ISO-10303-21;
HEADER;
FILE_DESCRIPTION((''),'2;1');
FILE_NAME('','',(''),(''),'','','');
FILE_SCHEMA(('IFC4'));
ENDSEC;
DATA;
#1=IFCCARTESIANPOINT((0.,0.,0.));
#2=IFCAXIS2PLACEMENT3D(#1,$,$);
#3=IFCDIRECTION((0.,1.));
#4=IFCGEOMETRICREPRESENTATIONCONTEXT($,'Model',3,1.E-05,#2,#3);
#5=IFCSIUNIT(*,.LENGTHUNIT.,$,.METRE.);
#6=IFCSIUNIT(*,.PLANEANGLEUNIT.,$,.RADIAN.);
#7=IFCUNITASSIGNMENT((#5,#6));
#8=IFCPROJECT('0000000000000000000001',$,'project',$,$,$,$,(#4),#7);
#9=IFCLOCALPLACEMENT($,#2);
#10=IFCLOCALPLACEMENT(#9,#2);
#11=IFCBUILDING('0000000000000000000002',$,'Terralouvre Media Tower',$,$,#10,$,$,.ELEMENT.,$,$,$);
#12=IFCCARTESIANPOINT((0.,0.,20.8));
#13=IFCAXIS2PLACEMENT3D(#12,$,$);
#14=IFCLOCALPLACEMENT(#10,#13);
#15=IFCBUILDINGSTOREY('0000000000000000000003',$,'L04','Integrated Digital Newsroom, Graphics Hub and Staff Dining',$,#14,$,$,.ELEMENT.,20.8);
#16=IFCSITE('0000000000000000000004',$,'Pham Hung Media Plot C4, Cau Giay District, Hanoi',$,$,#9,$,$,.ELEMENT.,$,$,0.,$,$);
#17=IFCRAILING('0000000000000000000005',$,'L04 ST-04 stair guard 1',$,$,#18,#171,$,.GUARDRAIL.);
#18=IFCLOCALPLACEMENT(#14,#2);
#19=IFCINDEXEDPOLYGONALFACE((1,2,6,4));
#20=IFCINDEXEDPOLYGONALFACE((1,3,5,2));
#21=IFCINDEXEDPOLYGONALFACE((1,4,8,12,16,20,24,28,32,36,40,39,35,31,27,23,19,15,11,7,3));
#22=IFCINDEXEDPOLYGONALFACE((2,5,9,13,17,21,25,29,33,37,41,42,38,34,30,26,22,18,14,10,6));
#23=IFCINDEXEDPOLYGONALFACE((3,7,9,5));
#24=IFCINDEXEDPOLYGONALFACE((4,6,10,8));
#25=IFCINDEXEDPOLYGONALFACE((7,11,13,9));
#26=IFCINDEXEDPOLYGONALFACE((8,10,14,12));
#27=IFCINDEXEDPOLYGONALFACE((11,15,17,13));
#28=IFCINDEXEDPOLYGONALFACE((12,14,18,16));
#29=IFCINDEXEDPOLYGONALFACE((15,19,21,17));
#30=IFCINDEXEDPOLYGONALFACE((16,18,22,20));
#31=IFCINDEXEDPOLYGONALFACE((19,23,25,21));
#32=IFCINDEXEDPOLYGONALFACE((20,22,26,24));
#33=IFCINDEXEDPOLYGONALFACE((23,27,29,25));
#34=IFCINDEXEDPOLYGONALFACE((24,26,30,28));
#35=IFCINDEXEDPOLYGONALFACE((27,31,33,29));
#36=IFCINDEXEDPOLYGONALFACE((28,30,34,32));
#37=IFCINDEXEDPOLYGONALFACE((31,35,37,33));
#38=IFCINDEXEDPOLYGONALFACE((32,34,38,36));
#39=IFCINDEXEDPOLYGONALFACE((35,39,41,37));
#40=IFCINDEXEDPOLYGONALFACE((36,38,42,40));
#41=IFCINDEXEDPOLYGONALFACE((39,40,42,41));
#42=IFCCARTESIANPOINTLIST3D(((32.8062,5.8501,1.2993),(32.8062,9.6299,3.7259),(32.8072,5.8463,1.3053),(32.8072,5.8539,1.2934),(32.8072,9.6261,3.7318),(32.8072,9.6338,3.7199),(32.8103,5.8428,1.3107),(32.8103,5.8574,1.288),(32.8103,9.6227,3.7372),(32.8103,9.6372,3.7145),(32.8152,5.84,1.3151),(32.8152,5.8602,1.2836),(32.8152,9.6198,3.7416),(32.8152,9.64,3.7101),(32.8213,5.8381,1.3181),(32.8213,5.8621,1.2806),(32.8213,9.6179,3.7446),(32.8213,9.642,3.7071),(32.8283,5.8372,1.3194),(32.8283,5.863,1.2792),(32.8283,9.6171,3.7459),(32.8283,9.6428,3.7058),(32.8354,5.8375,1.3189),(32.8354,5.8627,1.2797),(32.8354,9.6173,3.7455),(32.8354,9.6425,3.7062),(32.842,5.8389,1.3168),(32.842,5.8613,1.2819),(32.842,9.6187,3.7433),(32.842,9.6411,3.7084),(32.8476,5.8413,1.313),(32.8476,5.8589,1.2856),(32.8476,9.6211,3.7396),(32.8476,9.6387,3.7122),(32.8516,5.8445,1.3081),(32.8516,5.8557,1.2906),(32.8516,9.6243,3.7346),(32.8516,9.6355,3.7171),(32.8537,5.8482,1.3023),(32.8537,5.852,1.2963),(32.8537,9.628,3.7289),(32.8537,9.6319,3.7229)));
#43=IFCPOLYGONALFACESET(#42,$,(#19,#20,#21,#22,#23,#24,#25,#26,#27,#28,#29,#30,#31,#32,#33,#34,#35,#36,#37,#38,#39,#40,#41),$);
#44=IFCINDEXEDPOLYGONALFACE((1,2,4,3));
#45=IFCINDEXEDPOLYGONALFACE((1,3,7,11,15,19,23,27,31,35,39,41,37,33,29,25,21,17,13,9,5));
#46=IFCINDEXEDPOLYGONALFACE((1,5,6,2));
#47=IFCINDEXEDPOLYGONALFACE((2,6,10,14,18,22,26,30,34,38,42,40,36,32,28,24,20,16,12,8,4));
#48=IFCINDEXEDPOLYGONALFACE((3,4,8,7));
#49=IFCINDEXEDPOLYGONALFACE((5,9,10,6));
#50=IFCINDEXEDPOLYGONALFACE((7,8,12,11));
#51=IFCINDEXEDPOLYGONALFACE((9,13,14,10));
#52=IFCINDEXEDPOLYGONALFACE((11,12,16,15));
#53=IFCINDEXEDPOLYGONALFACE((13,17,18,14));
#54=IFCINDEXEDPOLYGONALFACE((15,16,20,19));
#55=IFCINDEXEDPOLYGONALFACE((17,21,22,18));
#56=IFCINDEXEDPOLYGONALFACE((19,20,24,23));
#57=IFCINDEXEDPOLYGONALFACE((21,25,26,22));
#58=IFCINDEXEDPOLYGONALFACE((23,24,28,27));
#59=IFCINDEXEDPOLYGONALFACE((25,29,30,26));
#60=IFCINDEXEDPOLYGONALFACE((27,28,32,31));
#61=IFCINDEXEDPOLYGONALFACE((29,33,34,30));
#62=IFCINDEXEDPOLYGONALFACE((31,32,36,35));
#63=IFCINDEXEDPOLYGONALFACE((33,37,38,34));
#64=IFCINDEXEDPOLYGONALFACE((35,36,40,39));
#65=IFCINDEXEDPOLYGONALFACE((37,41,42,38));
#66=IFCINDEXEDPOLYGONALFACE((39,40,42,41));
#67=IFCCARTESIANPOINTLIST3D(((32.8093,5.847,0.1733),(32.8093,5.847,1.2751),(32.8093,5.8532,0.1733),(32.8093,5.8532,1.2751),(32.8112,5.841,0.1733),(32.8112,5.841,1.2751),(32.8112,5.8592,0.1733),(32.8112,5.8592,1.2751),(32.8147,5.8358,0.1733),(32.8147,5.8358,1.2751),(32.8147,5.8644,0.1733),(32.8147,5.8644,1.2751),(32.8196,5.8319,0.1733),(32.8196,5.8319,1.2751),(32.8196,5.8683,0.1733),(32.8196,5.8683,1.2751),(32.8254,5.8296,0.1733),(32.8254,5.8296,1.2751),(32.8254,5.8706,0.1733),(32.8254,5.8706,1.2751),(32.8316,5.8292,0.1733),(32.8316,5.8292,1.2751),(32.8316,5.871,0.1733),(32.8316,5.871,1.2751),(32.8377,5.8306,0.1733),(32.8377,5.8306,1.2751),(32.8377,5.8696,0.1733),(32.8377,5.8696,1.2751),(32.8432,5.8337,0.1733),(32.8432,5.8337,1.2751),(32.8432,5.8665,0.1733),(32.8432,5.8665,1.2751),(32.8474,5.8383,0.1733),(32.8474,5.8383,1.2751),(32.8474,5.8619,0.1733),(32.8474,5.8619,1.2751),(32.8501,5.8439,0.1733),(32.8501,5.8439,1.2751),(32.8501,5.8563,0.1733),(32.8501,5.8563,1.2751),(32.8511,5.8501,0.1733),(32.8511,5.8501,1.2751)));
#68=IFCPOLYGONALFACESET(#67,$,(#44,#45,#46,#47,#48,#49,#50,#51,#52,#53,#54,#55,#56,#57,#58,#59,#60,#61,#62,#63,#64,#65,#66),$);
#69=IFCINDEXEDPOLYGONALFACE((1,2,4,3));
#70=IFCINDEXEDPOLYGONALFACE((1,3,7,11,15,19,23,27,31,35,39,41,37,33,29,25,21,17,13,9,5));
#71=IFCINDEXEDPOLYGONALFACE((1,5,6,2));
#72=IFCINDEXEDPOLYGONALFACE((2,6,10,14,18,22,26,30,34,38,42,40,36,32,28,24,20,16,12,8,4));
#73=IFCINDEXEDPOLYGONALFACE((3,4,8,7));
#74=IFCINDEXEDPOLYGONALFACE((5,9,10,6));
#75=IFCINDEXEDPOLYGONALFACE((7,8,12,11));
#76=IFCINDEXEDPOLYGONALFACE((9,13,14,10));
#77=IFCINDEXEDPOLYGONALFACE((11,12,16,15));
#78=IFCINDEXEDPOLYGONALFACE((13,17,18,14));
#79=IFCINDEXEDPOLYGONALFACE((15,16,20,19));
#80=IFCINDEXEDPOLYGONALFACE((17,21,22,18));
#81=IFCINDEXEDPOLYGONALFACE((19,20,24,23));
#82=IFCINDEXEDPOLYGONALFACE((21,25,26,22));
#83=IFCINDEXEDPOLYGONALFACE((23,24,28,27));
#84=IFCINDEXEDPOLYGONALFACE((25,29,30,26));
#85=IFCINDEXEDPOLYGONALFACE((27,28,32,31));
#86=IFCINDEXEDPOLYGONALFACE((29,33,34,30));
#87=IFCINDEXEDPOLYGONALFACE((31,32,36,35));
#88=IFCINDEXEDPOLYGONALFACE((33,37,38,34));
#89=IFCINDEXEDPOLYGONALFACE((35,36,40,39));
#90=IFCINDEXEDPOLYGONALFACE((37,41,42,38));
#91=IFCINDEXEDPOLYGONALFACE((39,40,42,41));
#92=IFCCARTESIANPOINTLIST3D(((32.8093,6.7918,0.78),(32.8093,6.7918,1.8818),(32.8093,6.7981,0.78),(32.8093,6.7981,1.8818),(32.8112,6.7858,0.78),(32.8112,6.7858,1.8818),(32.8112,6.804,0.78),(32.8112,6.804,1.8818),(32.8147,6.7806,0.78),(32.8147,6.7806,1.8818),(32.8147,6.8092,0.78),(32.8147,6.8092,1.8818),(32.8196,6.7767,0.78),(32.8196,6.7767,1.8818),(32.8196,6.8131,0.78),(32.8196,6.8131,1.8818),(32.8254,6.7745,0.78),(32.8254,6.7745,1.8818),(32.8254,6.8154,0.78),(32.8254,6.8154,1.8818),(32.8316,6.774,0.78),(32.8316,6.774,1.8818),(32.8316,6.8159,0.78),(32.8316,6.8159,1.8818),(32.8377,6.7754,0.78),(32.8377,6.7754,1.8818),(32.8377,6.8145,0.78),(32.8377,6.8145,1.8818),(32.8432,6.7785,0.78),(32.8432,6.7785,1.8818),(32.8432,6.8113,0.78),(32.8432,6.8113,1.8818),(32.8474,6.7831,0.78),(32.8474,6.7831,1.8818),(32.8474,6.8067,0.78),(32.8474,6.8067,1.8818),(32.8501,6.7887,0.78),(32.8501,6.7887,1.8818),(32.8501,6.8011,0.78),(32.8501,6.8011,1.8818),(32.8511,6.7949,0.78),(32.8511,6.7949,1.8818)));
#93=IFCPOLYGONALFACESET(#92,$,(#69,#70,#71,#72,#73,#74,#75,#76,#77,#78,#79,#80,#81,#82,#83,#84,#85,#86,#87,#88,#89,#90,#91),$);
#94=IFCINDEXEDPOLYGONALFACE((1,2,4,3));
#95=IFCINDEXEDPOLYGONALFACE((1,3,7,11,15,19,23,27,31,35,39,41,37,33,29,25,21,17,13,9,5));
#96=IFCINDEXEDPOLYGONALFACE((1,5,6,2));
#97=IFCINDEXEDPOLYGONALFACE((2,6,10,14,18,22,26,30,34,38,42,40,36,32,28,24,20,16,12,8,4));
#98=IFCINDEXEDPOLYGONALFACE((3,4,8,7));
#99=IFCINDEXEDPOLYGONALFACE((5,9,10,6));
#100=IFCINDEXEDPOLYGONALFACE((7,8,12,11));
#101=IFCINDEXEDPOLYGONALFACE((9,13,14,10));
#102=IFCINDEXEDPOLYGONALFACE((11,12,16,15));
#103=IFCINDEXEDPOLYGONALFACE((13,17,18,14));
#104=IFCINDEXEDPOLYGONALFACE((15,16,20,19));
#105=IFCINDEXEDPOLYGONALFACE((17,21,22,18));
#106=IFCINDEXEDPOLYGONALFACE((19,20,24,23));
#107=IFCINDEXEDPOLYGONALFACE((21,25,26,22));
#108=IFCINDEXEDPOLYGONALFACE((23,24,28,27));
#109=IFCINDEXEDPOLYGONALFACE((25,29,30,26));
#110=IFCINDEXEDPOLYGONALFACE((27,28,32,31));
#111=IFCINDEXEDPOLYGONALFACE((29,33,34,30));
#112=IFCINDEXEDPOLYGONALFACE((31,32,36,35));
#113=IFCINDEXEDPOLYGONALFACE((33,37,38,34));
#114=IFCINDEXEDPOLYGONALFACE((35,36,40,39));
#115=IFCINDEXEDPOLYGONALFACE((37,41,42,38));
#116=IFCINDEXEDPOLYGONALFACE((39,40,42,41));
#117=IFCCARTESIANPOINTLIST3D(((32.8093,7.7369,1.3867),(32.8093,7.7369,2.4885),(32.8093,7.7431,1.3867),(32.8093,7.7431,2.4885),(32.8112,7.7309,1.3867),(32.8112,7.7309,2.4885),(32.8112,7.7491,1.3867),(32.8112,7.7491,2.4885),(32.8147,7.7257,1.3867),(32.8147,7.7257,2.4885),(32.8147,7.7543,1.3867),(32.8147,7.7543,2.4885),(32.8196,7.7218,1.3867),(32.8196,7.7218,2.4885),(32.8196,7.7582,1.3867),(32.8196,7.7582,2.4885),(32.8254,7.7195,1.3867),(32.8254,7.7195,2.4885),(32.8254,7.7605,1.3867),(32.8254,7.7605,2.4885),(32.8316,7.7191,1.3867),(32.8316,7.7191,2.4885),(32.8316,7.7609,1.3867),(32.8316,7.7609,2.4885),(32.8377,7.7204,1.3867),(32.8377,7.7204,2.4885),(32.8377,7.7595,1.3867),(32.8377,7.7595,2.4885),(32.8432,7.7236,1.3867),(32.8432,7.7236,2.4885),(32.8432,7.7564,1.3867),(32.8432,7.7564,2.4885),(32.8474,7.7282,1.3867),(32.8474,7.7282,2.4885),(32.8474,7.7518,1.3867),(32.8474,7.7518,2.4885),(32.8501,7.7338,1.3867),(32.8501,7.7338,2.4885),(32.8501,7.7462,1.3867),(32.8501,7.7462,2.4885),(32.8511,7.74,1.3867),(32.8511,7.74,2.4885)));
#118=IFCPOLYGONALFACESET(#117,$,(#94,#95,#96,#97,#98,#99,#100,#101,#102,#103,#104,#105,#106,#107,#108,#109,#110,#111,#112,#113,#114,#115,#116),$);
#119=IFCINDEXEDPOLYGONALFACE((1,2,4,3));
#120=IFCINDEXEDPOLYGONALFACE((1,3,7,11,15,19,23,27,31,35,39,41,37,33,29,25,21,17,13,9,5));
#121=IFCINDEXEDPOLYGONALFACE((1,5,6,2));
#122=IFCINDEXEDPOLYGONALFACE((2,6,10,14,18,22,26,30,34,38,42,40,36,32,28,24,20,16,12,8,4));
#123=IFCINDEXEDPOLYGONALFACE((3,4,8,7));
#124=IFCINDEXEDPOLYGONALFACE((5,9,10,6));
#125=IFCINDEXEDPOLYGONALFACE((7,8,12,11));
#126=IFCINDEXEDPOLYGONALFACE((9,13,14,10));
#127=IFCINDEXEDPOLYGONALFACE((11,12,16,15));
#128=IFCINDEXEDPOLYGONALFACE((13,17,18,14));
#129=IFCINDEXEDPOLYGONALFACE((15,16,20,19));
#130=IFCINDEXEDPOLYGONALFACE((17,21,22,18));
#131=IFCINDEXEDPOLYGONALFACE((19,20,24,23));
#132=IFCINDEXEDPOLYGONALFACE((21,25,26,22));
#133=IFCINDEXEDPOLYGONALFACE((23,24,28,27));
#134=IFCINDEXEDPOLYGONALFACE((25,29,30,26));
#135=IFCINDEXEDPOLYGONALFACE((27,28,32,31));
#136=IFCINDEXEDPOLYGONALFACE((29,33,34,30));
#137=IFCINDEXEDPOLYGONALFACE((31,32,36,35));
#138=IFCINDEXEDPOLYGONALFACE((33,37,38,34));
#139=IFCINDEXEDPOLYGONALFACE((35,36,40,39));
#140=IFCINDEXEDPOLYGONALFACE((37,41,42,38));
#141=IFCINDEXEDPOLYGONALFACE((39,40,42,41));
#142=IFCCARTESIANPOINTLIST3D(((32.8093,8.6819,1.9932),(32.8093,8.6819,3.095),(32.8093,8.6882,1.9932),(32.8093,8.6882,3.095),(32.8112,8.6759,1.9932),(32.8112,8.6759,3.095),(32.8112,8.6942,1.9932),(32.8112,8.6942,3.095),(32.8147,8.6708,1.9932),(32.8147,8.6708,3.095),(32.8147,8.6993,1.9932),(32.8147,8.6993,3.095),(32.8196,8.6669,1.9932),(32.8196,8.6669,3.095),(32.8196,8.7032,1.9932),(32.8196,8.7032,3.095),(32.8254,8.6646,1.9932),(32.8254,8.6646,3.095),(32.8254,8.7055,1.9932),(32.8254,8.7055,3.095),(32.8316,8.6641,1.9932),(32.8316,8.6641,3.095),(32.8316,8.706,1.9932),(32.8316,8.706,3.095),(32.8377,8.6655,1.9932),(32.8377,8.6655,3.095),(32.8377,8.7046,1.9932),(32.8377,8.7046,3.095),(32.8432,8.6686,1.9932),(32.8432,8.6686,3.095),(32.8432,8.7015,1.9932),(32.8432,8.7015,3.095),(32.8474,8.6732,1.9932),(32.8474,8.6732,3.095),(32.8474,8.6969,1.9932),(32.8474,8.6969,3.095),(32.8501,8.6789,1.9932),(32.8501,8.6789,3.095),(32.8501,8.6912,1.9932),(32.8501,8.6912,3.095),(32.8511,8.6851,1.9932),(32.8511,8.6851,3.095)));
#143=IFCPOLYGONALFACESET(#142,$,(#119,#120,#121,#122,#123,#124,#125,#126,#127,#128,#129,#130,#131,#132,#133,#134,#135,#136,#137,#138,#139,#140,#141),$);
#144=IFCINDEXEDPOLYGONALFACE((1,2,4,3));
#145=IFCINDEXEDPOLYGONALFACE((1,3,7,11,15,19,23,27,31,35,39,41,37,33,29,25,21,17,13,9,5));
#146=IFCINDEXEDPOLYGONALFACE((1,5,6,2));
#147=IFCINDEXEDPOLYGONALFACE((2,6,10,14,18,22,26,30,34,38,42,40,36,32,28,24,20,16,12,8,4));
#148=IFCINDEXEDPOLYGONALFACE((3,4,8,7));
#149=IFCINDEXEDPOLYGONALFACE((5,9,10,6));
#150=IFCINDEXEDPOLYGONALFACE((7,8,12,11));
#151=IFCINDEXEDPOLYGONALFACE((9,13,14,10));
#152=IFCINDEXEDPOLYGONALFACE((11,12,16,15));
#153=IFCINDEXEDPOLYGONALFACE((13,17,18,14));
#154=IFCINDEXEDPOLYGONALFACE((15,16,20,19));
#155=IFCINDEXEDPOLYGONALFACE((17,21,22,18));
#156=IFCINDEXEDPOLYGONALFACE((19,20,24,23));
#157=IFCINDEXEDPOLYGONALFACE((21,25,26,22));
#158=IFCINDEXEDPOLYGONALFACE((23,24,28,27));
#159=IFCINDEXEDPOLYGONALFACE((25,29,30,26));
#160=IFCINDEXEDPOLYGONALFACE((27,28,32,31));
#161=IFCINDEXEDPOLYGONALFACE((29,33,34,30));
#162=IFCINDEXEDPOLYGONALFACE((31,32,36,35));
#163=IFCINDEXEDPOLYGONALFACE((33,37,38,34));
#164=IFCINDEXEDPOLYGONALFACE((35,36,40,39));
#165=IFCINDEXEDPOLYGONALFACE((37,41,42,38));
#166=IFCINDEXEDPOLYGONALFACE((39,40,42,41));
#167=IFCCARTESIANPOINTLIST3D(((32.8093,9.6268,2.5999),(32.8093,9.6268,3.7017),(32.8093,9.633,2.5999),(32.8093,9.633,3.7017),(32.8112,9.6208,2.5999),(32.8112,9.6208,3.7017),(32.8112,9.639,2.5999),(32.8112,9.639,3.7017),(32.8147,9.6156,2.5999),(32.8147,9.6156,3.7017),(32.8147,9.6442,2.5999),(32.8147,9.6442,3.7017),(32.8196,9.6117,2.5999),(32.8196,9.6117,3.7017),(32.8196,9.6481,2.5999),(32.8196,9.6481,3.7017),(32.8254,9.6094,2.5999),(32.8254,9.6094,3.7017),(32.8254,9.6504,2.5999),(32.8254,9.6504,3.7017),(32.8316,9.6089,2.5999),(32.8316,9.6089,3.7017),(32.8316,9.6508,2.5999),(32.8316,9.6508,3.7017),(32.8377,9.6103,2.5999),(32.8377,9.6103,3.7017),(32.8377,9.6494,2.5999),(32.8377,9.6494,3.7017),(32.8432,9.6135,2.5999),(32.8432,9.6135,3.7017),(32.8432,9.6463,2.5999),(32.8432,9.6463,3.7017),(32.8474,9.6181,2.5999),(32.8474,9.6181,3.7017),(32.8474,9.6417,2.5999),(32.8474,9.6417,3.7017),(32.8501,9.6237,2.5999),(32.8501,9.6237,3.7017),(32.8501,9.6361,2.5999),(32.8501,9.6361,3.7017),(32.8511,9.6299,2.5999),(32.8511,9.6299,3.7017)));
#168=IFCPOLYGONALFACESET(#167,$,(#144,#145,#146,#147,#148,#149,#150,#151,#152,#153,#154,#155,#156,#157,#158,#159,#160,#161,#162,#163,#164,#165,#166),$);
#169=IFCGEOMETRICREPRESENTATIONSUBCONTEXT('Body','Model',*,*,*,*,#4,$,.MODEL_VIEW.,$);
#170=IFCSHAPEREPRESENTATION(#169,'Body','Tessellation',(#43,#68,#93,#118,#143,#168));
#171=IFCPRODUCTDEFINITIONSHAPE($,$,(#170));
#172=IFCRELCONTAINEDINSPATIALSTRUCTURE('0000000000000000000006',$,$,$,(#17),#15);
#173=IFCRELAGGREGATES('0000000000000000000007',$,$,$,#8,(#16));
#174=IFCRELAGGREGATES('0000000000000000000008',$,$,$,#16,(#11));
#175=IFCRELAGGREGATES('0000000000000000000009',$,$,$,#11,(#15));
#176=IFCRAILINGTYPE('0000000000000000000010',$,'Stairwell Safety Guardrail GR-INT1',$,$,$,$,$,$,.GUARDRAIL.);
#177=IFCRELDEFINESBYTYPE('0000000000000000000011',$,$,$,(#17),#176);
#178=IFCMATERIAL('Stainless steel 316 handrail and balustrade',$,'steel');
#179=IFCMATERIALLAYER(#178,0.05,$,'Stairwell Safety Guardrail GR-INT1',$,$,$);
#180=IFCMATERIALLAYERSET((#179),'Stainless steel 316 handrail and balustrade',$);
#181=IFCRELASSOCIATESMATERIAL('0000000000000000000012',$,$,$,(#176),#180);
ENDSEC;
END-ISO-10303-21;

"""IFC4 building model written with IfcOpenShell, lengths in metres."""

from ifc_helpers import new_model, si_unit, direction, frame, origin, origin_2d, place, context, subcontext, project, spatial, circle, extrude, material, layer, layer_set, type_object, element, save


model = new_model("IFC4")

# Units and contexts
model_context = context("Model", 3, precision=1e-05, world=origin(), true_north=direction((0.0, 1.0)))
body_context = subcontext(model_context, "Body", "Model", "MODEL_VIEW")
ifc_project = project(units=[si_unit("LENGTHUNIT", "METRE"), si_unit("PLANEANGLEUNIT", "RADIAN")], contexts=[model_context])

# Site, building, storey
site_placement = place(None, origin())
site = spatial("IfcSite", under=ifc_project, at=site_placement, Name="Pham Hung Media Plot C4, Cau Giay District, Hanoi", CompositionType="ELEMENT", RefElevation=0.0)
building_placement = place(site_placement, origin())
building = spatial("IfcBuilding", under=site, at=building_placement, Name="Terralouvre Media Tower", CompositionType="ELEMENT")
storey_placement = place(building_placement, frame((0.0, 0.0, 20.8)))
storey = spatial("IfcBuildingStorey", under=building, at=storey_placement, Name="L04", Description="Integrated Digital Newsroom, Graphics Hub and Staff Dining", CompositionType="ELEMENT", Elevation=20.8)

# Railing
ifc_material_1 = material(Name="Stainless steel 316 handrail and balustrade", Category="steel")
ifc_layer_1 = layer(ifc_material_1, 0.05, Name="Stairwell Safety Guardrail GR-INT1")
ifc_layer_set_1 = layer_set([ifc_layer_1], Name="Stainless steel 316 handrail and balustrade")
railing_type_1 = type_object("IfcRailingType", Name="Stairwell Safety Guardrail GR-INT1", PredefinedType="GUARDRAIL", material=ifc_layer_set_1)
railing_1_placement = place(storey_placement, frame((32.8301, 5.8501, 0.1733)))
element("IfcRailing", 1, at=railing_1_placement, inside=storey, type_object=railing_type_1, Name="L04 ST-04 stair guard 1", PredefinedType="GUARDRAIL", context=body_context, shape_type="SweptSolid", body=[
    extrude(circle(Radius=0.0239, at=origin_2d()), frame((0.0, 0.0, 1.126), z_axis=(0.0, 0.841517, 0.54023), x_axis=(-1.0, 0.0, 0.0)), (0.0, 0.0, 1.0), 4.4917),
    extrude(circle(Radius=0.021, at=origin_2d()), origin(), (0.0, 0.0, 1.0), 1.1018),
    extrude(circle(Radius=0.021, at=origin_2d()), frame((0.0, 0.9448, 0.6067)), (0.0, 0.0, 1.0), 1.1018),
    extrude(circle(Radius=0.021, at=origin_2d()), frame((0.0, 1.8899, 1.2134)), (0.0, 0.0, 1.0), 1.1018),
    extrude(circle(Radius=0.021, at=origin_2d()), frame((0.0, 2.835, 1.8198)), (0.0, 0.0, 1.0), 1.1018),
    extrude(circle(Radius=0.021, at=origin_2d()), frame((0.0, 3.7798, 2.4265)), (0.0, 0.0, 1.0), 1.1018),
])

save(model, "model.ifc")
